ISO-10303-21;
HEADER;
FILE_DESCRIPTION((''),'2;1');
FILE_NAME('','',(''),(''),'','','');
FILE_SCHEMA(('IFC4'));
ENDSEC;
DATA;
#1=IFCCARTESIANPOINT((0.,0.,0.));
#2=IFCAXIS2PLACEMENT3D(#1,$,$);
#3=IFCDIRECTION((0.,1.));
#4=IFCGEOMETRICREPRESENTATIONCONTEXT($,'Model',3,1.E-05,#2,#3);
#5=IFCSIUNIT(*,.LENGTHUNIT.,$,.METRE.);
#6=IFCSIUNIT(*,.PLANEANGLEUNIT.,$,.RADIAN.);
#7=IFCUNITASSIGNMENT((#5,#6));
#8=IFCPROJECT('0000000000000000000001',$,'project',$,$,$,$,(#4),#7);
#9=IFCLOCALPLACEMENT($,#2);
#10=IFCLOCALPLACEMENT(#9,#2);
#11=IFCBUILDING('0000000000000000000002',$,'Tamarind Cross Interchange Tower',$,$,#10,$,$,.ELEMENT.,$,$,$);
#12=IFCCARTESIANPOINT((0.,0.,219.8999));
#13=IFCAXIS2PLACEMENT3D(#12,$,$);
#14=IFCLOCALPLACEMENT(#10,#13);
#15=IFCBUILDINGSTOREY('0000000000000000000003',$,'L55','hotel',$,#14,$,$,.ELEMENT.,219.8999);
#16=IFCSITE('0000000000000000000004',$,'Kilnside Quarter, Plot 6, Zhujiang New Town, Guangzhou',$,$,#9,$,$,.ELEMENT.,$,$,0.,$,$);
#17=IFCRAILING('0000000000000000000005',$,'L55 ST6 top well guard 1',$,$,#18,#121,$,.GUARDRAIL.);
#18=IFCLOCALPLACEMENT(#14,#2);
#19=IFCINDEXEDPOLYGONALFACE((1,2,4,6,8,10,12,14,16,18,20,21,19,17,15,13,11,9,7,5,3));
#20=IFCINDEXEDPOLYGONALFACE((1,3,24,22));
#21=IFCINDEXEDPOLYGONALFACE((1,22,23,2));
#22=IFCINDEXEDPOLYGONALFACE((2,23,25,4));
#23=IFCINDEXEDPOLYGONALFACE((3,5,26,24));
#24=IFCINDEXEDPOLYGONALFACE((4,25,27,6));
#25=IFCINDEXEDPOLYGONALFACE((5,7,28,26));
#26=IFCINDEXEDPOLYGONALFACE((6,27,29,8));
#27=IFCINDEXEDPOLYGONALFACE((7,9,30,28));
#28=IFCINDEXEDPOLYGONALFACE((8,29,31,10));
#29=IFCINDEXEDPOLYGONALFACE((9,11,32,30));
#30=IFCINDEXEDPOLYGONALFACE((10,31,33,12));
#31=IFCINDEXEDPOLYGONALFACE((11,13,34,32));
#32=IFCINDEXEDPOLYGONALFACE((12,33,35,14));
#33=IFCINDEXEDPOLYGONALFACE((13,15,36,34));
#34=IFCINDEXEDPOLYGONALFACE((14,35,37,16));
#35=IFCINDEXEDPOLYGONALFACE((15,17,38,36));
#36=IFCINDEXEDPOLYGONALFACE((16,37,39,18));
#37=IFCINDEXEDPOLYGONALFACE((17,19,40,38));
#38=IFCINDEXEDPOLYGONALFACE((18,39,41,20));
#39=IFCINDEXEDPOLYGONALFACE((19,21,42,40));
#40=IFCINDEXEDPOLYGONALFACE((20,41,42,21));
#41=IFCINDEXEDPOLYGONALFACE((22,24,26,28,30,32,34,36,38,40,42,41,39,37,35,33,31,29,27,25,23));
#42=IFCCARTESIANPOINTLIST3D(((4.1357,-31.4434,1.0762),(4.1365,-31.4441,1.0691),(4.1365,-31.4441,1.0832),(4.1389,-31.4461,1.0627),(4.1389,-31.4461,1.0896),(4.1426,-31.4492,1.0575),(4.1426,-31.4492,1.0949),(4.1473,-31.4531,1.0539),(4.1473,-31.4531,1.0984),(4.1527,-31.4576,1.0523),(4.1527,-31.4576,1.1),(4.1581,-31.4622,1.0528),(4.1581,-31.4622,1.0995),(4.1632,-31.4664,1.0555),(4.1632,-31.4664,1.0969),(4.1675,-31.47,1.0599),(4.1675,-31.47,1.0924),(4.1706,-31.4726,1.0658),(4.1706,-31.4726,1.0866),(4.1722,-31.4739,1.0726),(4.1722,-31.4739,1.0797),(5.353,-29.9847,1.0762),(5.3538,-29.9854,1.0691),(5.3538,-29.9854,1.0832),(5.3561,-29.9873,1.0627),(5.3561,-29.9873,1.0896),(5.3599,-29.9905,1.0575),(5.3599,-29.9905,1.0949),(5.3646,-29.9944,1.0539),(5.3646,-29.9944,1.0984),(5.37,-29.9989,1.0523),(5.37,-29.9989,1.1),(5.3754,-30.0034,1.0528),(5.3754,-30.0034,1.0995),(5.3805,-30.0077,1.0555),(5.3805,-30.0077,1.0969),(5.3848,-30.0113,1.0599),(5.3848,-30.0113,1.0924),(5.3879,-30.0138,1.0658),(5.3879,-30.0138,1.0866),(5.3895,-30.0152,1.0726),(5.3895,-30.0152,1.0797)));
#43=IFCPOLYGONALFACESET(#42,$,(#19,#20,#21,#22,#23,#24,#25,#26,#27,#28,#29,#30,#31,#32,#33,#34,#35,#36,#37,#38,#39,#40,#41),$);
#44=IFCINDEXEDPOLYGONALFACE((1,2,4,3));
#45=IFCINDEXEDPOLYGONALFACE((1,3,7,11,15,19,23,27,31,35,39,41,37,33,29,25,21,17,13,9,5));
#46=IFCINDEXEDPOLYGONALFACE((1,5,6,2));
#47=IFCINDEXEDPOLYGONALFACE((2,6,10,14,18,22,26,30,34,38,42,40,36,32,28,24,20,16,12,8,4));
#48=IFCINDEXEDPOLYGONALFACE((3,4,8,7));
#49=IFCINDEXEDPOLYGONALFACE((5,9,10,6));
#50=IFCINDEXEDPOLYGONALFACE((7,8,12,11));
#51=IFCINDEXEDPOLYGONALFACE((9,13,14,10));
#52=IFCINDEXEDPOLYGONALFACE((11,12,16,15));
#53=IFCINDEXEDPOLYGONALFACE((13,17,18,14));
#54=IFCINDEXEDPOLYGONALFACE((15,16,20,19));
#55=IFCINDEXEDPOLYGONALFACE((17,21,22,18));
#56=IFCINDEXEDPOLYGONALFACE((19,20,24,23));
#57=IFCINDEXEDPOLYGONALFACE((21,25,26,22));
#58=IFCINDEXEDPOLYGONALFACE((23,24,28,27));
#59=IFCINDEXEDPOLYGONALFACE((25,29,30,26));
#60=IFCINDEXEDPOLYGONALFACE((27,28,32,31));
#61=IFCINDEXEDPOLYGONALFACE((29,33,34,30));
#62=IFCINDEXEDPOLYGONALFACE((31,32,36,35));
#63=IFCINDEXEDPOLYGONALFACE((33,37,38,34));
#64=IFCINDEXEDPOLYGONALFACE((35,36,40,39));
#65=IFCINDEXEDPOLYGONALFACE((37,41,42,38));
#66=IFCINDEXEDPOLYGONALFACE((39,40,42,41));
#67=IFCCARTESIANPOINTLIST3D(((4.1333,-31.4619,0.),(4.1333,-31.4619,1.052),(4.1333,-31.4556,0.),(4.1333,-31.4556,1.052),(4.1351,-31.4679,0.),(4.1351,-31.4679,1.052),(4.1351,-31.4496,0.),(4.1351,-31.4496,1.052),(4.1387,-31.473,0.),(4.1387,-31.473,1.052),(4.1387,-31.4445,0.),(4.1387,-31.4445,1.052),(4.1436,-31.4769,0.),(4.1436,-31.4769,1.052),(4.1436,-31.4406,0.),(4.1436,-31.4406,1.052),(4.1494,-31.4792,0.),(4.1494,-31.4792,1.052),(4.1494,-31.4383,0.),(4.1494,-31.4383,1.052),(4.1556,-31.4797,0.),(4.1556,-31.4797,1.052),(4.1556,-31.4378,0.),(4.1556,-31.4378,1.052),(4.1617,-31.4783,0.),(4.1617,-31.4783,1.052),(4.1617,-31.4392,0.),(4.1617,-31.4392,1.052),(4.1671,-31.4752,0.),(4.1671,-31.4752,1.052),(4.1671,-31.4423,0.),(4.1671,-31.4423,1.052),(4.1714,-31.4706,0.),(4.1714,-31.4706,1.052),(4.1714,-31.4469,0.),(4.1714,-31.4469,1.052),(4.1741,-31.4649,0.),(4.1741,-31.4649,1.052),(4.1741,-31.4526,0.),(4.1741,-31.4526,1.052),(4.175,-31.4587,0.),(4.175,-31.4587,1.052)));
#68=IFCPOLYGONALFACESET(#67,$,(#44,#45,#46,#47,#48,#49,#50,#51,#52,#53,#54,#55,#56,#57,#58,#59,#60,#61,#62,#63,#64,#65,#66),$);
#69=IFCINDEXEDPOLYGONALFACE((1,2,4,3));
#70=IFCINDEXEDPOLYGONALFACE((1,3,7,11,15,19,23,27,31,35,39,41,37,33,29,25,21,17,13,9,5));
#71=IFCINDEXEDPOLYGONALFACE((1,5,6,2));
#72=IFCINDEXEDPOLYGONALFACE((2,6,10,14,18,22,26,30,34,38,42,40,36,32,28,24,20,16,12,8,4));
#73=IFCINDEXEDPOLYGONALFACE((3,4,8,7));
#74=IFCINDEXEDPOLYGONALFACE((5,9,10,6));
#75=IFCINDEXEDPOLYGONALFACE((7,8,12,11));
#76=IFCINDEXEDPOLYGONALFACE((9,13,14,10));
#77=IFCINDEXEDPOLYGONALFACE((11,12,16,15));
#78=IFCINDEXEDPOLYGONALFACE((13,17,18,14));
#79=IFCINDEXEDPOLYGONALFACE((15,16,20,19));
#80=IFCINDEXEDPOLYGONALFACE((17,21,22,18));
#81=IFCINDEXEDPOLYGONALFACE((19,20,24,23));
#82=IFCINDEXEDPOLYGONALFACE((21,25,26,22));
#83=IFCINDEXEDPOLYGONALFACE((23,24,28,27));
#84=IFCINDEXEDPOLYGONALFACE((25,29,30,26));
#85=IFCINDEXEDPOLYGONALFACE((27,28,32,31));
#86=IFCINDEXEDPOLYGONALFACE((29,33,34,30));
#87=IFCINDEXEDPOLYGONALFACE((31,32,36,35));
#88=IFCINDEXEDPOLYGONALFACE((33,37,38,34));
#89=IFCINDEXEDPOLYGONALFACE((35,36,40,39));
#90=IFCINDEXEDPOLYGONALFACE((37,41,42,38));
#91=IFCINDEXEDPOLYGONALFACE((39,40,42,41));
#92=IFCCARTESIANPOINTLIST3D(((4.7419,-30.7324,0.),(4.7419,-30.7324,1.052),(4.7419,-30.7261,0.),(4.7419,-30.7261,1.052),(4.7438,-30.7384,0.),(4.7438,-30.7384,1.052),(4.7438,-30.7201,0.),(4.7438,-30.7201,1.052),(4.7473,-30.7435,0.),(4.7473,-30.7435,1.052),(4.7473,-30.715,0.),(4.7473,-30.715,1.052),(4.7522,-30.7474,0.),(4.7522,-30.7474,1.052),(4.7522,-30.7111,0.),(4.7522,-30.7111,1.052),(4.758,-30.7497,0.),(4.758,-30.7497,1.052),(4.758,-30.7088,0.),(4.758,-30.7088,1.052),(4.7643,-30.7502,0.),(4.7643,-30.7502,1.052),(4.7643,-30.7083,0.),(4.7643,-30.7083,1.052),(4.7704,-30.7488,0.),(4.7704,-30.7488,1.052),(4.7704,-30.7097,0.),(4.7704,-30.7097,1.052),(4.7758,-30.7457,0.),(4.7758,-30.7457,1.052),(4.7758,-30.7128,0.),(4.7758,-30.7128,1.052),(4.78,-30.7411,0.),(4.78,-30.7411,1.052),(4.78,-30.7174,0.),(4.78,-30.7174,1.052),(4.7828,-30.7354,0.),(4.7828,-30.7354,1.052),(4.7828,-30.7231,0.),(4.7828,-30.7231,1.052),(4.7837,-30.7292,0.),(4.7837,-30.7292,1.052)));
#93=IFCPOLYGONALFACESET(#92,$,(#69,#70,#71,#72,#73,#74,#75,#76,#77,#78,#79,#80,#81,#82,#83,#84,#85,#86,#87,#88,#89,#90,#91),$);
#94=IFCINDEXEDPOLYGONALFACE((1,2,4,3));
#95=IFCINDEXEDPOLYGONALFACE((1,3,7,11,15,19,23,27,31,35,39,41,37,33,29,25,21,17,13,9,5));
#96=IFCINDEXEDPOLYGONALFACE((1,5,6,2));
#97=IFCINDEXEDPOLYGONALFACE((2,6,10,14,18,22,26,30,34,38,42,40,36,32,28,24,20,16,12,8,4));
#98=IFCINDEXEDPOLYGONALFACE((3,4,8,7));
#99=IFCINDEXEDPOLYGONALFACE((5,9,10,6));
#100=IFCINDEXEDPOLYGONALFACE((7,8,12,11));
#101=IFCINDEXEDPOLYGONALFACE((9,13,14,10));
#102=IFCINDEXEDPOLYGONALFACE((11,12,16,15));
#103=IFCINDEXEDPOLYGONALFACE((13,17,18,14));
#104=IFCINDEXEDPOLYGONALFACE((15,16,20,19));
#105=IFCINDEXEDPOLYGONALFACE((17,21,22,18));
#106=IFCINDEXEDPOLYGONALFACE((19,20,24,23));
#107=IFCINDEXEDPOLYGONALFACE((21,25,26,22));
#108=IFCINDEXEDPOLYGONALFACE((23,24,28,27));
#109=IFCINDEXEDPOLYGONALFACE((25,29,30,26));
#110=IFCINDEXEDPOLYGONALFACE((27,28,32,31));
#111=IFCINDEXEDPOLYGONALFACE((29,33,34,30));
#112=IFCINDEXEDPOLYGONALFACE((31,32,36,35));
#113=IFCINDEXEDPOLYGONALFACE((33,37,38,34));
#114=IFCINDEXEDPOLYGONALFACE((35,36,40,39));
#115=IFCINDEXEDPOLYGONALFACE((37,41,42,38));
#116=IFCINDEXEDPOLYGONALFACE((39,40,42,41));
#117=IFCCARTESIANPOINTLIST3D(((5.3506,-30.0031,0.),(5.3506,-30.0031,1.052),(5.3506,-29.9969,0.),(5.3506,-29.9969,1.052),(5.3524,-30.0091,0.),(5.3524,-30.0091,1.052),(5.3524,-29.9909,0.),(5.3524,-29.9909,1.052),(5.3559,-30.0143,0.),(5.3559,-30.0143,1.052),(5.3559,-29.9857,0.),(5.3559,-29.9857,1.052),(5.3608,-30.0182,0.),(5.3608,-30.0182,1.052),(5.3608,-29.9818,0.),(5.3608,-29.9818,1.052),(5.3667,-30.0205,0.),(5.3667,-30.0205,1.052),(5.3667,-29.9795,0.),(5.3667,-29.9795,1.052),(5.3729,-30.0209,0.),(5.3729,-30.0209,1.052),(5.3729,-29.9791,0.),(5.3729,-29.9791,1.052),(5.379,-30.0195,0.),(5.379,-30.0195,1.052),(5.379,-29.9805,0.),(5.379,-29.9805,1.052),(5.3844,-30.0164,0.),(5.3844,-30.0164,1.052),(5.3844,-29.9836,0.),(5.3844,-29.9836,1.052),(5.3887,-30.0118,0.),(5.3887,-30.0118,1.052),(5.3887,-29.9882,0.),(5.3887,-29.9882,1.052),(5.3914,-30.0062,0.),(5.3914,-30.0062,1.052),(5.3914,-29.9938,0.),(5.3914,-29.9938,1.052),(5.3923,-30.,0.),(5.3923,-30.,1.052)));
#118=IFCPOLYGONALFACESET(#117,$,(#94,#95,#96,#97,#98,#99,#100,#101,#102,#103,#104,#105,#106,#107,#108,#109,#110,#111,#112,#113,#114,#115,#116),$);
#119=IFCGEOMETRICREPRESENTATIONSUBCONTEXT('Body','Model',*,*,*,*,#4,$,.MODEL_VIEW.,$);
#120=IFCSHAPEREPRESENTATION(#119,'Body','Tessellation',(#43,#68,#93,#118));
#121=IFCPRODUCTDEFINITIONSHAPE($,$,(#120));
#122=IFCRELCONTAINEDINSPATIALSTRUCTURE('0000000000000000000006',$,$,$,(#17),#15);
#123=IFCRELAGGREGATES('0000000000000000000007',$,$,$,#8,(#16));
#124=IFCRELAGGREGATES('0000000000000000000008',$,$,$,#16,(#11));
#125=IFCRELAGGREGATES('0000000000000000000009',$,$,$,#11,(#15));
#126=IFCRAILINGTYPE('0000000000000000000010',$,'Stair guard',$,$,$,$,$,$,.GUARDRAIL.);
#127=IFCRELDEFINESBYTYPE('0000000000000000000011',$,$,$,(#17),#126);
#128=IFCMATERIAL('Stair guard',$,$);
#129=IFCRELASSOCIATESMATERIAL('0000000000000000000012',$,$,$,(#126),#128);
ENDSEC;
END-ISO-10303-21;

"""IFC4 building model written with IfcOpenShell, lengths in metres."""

from ifc_helpers import new_model, si_unit, direction, frame, origin, origin_2d, place, context, subcontext, project, spatial, circle, extrude, material, type_object, element, save


model = new_model("IFC4")

# Units and contexts
model_context = context("Model", 3, precision=1e-05, world=origin(), true_north=direction((0.0, 1.0)))
body_context = subcontext(model_context, "Body", "Model", "MODEL_VIEW")
ifc_project = project(units=[si_unit("LENGTHUNIT", "METRE"), si_unit("PLANEANGLEUNIT", "RADIAN")], contexts=[model_context])

# Site, building, storey
site_placement = place(None, origin())
site = spatial("IfcSite", under=ifc_project, at=site_placement, Name="Kilnside Quarter, Plot 6, Zhujiang New Town, Guangzhou", CompositionType="ELEMENT", RefElevation=0.0)
building_placement = place(site_placement, origin())
building = spatial("IfcBuilding", under=site, at=building_placement, Name="Tamarind Cross Interchange Tower", CompositionType="ELEMENT")
storey_placement = place(building_placement, frame((0.0, 0.0, 219.8999)))
storey = spatial("IfcBuildingStorey", under=building, at=storey_placement, Name="L55", Description="hotel", CompositionType="ELEMENT", Elevation=219.8999)

# Railing
ifc_material_1 = material(Name="Stair guard")
railing_type = type_object("IfcRailingType", Name="Stair guard", PredefinedType="GUARDRAIL", material=ifc_material_1)
railing_placement = place(storey_placement, frame((4.1541, -31.4587, 0.0)))
element("IfcRailing", 1, at=railing_placement, inside=storey, type_object=railing_type, Name="L55 ST6 top well guard 1", PredefinedType="GUARDRAIL", context=body_context, shape_type="SweptSolid", body=[
    extrude(circle(Radius=0.0239, at=origin_2d()), frame((0.0, 0.0, 1.0762), z_axis=(0.640702, 0.767789, 0.0), x_axis=(-0.767789, 0.640702, 0.0)), (0.0, 0.0, 1.0), 1.8999),
    extrude(circle(Radius=0.021, at=origin_2d()), origin(), (0.0, 0.0, 1.0), 1.052),
    extrude(circle(Radius=0.021, at=origin_2d()), frame((0.6086, 0.7295, 0.0)), (0.0, 0.0, 1.0), 1.052),
    extrude(circle(Radius=0.021, at=origin_2d()), frame((1.2173, 1.4587, 0.0)), (0.0, 0.0, 1.0), 1.052),
])

save(model, "model.ifc")
